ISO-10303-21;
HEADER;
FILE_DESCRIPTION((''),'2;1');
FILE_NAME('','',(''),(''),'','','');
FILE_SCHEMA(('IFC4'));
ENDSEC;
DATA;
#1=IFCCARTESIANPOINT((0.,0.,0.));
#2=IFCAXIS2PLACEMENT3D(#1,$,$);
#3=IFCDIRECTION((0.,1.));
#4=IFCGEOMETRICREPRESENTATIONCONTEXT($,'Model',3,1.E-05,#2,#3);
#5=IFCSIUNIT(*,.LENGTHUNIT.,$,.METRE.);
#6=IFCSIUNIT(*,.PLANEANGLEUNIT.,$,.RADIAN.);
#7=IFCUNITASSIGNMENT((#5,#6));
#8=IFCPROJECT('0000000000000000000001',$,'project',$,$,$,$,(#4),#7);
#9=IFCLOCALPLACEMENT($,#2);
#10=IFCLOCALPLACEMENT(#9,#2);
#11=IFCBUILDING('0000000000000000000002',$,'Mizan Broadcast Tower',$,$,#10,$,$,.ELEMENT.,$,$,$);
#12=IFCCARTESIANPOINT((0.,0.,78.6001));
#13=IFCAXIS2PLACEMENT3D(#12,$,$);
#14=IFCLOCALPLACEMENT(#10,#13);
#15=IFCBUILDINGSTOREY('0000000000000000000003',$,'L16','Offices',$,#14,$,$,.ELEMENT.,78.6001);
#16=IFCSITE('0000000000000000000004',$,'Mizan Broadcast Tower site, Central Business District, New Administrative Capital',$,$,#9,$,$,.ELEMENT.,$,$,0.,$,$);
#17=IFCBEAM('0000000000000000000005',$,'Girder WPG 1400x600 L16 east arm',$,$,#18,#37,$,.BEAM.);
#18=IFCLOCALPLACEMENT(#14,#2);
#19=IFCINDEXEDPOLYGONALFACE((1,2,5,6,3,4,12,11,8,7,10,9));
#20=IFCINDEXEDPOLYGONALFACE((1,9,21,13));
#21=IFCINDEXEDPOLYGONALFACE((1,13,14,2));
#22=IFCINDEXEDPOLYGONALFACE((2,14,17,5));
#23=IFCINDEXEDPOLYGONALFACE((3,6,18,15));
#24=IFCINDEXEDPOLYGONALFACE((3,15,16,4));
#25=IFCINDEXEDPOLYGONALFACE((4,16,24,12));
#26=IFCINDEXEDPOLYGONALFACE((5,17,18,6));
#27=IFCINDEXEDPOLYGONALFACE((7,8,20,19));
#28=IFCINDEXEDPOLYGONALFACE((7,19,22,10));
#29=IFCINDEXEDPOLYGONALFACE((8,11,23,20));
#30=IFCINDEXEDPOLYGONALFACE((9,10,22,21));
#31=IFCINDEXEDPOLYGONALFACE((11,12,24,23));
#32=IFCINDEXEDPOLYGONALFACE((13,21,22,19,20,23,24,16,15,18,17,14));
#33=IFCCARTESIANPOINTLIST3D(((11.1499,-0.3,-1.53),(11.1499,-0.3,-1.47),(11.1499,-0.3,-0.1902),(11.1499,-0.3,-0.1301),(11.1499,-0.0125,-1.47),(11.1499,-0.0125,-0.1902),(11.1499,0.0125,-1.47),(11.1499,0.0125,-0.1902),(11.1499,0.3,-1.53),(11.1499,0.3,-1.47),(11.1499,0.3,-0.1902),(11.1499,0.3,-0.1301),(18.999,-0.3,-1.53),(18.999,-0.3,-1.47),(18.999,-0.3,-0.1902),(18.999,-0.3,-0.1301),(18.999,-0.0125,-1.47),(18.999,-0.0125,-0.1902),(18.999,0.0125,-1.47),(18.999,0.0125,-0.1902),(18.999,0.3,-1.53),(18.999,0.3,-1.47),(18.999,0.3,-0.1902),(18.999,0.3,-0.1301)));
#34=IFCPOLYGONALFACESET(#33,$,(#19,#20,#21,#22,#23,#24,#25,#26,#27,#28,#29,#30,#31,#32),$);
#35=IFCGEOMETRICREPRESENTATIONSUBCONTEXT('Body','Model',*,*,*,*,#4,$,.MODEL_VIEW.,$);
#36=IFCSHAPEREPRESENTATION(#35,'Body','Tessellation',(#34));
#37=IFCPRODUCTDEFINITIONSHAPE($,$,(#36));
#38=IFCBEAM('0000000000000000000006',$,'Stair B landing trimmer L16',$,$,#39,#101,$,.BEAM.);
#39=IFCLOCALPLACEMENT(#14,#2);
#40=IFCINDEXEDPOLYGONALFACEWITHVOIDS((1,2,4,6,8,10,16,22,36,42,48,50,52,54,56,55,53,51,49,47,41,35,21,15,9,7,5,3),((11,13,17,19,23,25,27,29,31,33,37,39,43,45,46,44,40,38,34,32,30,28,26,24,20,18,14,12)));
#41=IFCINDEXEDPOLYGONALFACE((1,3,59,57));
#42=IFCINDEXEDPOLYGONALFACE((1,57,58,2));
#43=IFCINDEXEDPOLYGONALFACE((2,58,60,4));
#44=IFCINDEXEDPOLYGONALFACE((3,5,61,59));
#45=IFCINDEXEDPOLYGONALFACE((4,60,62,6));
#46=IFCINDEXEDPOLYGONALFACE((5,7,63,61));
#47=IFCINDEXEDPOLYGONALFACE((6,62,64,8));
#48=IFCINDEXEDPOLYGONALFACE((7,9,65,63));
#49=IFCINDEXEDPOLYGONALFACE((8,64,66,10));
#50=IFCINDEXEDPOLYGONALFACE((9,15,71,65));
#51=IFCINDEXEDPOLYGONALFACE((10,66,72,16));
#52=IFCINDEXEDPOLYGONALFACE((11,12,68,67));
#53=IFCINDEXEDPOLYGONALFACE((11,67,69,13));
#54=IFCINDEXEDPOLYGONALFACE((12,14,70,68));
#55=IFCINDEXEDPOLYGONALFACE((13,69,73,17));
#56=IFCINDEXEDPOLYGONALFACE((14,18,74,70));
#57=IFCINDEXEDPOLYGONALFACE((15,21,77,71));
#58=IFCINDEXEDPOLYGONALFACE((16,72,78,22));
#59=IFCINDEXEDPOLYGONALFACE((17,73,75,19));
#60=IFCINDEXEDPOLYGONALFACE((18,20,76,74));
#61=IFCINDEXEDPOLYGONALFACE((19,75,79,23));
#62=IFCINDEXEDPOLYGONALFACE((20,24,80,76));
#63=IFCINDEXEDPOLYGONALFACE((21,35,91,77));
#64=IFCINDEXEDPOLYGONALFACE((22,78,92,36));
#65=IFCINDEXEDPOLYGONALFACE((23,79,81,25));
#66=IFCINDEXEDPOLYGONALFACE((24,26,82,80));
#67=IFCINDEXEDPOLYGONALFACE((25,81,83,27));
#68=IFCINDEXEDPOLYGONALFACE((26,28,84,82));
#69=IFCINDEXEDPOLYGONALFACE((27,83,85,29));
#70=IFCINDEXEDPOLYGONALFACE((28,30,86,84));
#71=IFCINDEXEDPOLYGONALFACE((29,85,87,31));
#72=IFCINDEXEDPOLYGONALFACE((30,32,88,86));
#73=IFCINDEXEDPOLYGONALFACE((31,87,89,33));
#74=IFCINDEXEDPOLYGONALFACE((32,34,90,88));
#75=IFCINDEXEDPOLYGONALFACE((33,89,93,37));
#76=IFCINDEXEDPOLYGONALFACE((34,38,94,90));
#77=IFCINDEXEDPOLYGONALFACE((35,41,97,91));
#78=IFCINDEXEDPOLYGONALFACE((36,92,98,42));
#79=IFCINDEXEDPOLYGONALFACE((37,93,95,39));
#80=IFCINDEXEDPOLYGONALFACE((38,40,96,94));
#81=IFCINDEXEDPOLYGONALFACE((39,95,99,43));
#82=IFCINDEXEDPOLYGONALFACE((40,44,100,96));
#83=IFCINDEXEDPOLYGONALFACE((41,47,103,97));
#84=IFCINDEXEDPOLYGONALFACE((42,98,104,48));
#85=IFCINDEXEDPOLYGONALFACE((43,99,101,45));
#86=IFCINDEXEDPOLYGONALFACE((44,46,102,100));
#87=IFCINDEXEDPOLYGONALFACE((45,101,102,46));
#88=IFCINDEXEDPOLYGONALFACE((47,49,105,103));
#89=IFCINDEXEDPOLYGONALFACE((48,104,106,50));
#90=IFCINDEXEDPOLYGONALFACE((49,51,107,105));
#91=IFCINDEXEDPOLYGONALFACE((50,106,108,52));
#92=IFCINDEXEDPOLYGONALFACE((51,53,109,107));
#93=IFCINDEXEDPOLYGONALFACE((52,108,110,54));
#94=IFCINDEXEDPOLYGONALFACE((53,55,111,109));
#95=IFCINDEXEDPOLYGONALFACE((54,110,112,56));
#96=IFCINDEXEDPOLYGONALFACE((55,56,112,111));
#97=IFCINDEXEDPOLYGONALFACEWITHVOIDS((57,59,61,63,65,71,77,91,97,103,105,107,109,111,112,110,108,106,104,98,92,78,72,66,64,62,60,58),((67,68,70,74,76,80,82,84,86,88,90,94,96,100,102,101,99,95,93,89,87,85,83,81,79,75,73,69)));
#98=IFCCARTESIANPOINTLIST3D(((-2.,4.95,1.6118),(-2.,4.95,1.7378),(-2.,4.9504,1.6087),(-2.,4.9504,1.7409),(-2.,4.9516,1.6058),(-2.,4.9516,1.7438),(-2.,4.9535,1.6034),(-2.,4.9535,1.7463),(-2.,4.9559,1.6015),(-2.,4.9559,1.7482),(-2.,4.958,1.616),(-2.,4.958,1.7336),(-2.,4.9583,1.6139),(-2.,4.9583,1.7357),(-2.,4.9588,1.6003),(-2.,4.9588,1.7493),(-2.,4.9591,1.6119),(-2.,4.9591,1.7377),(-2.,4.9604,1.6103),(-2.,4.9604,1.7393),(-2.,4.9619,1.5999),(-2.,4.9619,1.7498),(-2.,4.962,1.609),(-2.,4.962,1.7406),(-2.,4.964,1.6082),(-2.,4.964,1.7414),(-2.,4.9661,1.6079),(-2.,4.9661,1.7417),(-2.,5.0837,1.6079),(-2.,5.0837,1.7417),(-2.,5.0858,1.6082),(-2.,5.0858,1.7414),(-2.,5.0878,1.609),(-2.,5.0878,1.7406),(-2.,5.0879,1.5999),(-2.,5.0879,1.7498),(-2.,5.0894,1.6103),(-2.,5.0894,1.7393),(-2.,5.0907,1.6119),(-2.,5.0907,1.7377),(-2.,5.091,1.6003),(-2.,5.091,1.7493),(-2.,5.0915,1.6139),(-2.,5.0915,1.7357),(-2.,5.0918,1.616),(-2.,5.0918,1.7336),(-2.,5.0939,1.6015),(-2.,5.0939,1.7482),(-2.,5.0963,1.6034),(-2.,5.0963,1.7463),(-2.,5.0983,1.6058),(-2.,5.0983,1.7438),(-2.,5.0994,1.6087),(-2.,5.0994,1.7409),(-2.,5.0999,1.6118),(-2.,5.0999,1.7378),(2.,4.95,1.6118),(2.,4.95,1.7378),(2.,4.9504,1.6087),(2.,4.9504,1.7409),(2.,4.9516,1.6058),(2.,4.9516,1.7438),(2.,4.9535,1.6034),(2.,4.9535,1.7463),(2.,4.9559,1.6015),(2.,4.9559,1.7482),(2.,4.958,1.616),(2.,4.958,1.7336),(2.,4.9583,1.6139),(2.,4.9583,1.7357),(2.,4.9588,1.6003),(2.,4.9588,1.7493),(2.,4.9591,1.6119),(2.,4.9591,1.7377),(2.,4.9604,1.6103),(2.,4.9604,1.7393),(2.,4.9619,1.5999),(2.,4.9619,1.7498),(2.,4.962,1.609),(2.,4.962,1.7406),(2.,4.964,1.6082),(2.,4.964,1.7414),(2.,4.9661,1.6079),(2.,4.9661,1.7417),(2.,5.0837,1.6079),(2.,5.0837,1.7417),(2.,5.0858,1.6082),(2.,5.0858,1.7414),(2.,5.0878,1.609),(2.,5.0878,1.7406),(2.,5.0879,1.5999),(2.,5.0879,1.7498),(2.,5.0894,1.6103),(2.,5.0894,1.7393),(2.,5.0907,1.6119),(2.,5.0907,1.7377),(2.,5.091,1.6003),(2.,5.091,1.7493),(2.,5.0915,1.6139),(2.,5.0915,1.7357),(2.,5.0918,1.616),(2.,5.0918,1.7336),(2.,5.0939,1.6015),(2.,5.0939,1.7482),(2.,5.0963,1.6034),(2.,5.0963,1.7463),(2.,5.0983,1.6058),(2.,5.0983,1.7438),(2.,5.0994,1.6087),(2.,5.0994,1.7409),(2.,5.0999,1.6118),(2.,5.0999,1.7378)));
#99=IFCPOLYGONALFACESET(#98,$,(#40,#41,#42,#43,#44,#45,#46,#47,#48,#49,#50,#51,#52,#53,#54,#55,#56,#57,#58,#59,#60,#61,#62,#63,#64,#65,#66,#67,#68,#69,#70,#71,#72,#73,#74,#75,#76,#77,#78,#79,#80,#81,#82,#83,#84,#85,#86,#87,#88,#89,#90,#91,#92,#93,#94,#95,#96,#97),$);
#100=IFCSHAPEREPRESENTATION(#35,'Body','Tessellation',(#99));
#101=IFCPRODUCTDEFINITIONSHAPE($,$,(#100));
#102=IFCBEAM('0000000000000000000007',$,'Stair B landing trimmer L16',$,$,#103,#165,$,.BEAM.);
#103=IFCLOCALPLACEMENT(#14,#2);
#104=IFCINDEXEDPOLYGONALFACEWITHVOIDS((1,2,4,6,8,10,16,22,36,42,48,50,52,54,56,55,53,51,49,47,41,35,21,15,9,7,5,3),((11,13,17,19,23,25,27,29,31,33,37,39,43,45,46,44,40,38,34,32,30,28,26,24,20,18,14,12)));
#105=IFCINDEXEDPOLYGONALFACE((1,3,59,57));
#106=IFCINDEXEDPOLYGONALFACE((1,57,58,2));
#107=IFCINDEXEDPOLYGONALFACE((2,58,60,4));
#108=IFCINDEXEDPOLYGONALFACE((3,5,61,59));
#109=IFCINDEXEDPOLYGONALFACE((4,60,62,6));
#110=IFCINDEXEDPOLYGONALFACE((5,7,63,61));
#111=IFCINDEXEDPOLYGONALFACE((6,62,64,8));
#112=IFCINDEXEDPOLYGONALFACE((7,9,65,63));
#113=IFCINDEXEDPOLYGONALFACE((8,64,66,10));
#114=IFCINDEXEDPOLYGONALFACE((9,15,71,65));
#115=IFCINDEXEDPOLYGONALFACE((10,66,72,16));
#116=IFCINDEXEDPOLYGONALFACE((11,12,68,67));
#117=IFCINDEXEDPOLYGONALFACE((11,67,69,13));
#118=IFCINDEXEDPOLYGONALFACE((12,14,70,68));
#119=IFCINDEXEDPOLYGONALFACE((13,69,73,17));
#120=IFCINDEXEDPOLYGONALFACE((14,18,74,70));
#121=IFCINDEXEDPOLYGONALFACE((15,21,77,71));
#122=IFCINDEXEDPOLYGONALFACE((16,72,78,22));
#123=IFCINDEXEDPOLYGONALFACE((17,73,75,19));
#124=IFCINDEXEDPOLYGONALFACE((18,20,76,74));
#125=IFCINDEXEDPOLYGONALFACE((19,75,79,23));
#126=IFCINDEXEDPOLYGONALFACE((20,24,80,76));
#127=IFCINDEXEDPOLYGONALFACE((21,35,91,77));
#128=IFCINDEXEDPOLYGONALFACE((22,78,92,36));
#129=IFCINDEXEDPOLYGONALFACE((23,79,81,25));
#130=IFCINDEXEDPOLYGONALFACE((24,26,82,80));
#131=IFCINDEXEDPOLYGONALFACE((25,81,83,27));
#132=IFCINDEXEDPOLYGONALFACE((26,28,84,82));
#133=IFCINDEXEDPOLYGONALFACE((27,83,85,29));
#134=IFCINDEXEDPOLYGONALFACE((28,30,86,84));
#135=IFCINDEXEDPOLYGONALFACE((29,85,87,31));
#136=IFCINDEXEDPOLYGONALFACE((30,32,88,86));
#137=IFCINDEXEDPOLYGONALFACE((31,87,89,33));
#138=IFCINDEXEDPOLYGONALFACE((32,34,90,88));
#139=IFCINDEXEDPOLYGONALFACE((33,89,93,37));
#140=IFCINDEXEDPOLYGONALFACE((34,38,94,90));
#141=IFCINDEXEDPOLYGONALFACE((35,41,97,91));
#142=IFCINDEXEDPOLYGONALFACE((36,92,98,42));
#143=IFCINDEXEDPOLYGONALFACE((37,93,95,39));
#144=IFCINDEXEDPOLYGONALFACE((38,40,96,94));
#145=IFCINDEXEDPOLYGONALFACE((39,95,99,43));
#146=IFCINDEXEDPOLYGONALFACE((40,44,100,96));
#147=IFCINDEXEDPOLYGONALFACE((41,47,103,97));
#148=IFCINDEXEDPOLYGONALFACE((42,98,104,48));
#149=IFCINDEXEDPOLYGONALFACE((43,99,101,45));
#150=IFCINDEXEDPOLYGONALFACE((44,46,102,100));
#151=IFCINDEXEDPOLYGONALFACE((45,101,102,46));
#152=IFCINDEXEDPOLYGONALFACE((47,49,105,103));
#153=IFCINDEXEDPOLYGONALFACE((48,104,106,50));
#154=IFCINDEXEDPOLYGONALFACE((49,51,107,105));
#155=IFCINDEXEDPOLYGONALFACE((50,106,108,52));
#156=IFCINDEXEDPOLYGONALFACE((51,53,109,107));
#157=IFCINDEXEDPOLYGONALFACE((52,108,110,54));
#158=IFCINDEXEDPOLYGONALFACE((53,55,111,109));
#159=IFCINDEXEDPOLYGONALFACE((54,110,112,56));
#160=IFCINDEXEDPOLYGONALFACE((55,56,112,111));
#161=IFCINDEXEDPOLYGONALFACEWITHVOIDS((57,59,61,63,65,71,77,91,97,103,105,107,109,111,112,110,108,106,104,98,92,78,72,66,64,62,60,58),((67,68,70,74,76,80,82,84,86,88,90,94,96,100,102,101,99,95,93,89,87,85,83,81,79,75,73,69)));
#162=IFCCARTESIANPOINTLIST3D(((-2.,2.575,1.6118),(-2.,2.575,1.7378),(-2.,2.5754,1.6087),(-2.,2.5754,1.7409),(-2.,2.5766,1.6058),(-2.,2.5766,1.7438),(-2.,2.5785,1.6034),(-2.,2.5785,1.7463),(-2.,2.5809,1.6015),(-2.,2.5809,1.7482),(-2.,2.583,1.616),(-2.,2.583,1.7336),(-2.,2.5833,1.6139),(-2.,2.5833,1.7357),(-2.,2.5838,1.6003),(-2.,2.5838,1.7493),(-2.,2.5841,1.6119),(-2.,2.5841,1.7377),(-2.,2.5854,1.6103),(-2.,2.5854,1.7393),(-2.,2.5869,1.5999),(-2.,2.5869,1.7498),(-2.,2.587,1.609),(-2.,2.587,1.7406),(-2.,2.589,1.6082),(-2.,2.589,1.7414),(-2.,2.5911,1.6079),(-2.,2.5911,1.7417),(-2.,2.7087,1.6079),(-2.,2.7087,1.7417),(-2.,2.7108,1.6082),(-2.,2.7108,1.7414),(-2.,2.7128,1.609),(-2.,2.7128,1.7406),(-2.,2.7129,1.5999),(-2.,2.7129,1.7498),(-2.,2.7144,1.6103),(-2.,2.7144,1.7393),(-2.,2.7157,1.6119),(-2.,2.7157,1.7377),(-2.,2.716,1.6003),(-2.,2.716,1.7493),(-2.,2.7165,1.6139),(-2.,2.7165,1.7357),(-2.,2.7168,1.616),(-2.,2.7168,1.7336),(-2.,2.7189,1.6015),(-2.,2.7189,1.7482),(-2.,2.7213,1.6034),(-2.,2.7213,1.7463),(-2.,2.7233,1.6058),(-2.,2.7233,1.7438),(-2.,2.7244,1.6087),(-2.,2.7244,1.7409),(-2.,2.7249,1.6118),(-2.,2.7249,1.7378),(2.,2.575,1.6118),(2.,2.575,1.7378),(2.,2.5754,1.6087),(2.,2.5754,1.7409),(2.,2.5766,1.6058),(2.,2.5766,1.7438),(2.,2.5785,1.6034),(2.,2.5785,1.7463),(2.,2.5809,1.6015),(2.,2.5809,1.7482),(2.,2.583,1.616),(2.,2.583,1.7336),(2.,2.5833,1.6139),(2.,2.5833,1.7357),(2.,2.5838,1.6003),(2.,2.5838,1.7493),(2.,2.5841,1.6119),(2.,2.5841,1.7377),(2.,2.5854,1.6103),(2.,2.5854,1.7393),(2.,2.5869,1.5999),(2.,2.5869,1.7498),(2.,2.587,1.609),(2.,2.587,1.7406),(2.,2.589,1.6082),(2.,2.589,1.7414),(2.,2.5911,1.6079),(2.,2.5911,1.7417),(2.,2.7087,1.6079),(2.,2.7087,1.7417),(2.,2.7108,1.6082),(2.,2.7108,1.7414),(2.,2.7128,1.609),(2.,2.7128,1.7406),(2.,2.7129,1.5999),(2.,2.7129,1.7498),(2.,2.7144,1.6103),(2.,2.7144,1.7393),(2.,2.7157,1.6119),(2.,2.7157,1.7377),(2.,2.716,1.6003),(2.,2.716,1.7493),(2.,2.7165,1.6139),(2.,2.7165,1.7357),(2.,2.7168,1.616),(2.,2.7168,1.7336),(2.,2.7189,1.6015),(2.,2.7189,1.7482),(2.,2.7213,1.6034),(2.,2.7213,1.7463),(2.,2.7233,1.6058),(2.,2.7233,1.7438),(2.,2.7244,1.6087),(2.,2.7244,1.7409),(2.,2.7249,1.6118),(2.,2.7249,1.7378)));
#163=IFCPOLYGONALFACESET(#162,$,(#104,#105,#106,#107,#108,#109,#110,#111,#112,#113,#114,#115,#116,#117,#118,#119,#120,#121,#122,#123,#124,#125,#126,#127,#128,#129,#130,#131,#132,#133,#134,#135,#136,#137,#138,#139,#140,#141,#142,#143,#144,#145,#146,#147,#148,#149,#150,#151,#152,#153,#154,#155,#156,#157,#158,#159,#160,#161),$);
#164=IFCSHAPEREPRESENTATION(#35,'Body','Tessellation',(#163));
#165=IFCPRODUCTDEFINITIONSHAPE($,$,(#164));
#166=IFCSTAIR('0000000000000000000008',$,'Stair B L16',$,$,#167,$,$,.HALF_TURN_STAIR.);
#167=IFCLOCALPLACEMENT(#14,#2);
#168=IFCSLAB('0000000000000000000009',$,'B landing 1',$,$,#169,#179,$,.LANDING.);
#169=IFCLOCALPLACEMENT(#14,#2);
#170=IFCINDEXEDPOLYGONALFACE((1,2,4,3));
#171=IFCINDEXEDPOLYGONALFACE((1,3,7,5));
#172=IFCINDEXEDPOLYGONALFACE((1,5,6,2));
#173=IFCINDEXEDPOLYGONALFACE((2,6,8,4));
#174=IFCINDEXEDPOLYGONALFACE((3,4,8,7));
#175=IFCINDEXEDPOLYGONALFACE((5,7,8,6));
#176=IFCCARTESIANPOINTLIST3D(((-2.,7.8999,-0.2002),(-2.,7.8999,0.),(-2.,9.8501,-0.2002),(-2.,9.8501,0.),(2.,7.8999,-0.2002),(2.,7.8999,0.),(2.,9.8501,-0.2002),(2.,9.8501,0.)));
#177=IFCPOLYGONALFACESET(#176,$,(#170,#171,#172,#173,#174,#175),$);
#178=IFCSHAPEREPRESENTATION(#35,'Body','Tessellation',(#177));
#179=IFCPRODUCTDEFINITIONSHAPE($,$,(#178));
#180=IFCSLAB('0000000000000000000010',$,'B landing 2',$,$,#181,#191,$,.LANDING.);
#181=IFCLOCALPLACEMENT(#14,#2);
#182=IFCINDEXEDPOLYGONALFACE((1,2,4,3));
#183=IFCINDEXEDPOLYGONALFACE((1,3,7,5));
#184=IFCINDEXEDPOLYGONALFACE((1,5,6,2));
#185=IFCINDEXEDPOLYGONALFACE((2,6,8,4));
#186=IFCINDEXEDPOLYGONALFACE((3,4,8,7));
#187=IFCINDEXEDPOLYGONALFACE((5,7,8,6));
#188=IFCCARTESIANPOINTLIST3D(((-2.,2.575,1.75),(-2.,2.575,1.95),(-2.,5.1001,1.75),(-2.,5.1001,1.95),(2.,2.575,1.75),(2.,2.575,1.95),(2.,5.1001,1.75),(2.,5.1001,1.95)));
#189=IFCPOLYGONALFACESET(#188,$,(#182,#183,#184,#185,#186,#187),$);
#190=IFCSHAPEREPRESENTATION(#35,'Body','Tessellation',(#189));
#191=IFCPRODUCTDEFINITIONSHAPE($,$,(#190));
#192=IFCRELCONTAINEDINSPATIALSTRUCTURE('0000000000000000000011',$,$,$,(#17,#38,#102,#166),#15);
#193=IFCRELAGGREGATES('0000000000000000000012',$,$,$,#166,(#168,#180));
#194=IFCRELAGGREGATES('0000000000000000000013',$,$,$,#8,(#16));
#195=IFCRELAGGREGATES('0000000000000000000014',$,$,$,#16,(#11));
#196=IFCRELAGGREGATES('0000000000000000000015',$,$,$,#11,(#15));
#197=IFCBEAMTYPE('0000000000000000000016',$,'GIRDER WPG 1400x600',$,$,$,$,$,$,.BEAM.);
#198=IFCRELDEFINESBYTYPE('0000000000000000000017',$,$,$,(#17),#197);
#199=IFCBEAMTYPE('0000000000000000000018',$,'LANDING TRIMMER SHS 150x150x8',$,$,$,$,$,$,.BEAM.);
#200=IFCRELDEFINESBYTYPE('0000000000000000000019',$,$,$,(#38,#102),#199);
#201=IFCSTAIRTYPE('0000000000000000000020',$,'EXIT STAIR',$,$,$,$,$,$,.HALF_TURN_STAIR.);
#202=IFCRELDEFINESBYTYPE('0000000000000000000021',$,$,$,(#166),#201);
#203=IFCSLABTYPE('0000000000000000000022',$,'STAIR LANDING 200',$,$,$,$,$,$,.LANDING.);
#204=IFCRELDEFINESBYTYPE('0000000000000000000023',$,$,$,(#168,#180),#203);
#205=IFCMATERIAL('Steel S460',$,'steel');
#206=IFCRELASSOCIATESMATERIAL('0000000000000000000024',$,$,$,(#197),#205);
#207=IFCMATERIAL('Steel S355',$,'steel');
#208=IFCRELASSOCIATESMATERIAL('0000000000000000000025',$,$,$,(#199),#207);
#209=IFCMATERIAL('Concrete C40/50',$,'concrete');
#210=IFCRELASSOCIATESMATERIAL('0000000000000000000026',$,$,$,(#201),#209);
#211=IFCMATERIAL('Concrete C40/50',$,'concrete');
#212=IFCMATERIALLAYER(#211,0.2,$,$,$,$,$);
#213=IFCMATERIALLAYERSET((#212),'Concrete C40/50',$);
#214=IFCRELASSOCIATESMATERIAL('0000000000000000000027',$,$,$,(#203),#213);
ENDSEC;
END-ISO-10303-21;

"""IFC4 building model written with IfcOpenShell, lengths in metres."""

from ifc_helpers import new_model, si_unit, direction, frame, origin, origin_2d, place, context, subcontext, project, spatial, polyline, hollow_rectangle, i_section, outline, extrude, material, layer, layer_set, material_profile, profile_set, type_object, element, aggregate, save


model = new_model("IFC4")

# Units and contexts
model_context = context("Model", 3, precision=1e-05, world=origin(), true_north=direction((0.0, 1.0)))
body_context = subcontext(model_context, "Body", "Model", "MODEL_VIEW")
ifc_project = project(units=[si_unit("LENGTHUNIT", "METRE"), si_unit("PLANEANGLEUNIT", "RADIAN")], contexts=[model_context])

# Site, building, storey
site_placement = place(None, origin())
site = spatial("IfcSite", under=ifc_project, at=site_placement, Name="Mizan Broadcast Tower site, Central Business District, New Administrative Capital", CompositionType="ELEMENT", RefElevation=0.0)
building_placement = place(site_placement, origin())
building = spatial("IfcBuilding", under=site, at=building_placement, Name="Mizan Broadcast Tower", CompositionType="ELEMENT")
storey_placement = place(building_placement, frame((0.0, 0.0, 78.6001)))
storey = spatial("IfcBuildingStorey", under=building, at=storey_placement, Name="L16", Description="Offices", CompositionType="ELEMENT", Elevation=78.6001)

# Beams
ifc_material_1 = material(Name="Steel S460", Category="steel")
ifc_material_profile_1 = material_profile(ifc_material_1, i_section(OverallWidth=0.6001, OverallDepth=1.3999, WebThickness=0.0249, FlangeThickness=0.0601, at=origin_2d()), Name="WPG 1400x600")
ifc_profile_set_1 = profile_set([ifc_material_profile_1], Name="Steel S460")
beam_type_1 = type_object("IfcBeamType", Name="GIRDER WPG 1400x600", PredefinedType="BEAM", material=ifc_profile_set_1)
beam_placement = place(storey_placement, frame((11.1499, 0.0, -0.8301), z_axis=(1.0, 0.0, 0.0), x_axis=(0.0, 1.0, 0.0)))
element("IfcBeam", 1, at=beam_placement, inside=storey, type_object=beam_type_1, Name="Girder WPG 1400x600 L16 east arm", PredefinedType="BEAM", context=body_context, shape_type="SweptSolid", body=[
    extrude(i_section(OverallWidth=0.6001, OverallDepth=1.3999, WebThickness=0.0249, FlangeThickness=0.0601, at=origin_2d()), origin(), (0.0, 0.0, 1.0), 7.8491),
])
ifc_material_2 = material(Name="Steel S355", Category="steel")
ifc_material_profile_2 = material_profile(ifc_material_2, hollow_rectangle(XDim=0.1499, YDim=0.1499, WallThickness=0.0081, InnerFilletRadius=0.0081, OuterFilletRadius=0.012, at=origin_2d()), Name="SHS 150x150x8")
ifc_profile_set_2 = profile_set([ifc_material_profile_2], Name="Steel S355")
beam_type_2 = type_object("IfcBeamType", Name="LANDING TRIMMER SHS 150x150x8", PredefinedType="BEAM", material=ifc_profile_set_2)
for number, where, z_axis, x_axis, name in (
    (2, (2.0, 5.0249, 1.6748), (-1.0, 0.0, 0.0), (0.0, -1.0, 0.0), "Stair B landing trimmer L16"),
    (3, (2.0, 2.6499, 1.6748), (-1.0, 0.0, 0.0), (0.0, -1.0, 0.0), "Stair B landing trimmer L16"),
):
    element("IfcBeam", number, at=place(storey_placement, frame(where, z_axis=z_axis, x_axis=x_axis)), inside=storey, type_object=beam_type_2, Name=name, PredefinedType="BEAM", context=body_context, shape_type="SweptSolid", body=[
        extrude(hollow_rectangle(XDim=0.1499, YDim=0.1499, WallThickness=0.0081, InnerFilletRadius=0.0081, OuterFilletRadius=0.012, at=origin_2d()), origin(), (0.0, 0.0, 1.0), 4.0),
    ])

# Stair, slabs
ifc_material_3 = material(Name="Concrete C40/50", Category="concrete")
stair_type = type_object("IfcStairType", Name="EXIT STAIR", PredefinedType="HALF_TURN_STAIR", material=ifc_material_3)
stair_placement = place(storey_placement, origin())
stair = element("IfcStair", 4, at=stair_placement, inside=storey, type_object=stair_type, Name="Stair B L16", PredefinedType="HALF_TURN_STAIR")
ifc_material_4 = material(Name="Concrete C40/50", Category="concrete")
ifc_layer_1 = layer(ifc_material_4, 0.2)
ifc_layer_set_1 = layer_set([ifc_layer_1], Name="Concrete C40/50")
slab_type = type_object("IfcSlabType", Name="STAIR LANDING 200", PredefinedType="LANDING", material=ifc_layer_set_1)
slab_1_placement = place(storey_placement, frame((0.0, 0.0, -0.2002)))
slab_1 = element("IfcSlab", 5, at=slab_1_placement, type_object=slab_type, Name="B landing 1", PredefinedType="LANDING", context=body_context, shape_type="SweptSolid", body=[
    extrude(outline(polyline([(2.0, 9.8501), (2.0, 7.8999), (-2.0, 7.8999), (-2.0, 9.8501), (2.0, 9.8501)])), origin(), (0.0, 0.0, 1.0), 0.2002),
])
slab_2_placement = place(storey_placement, frame((0.0, 0.0, 1.75)))
slab_2 = element("IfcSlab", 6, at=slab_2_placement, type_object=slab_type, Name="B landing 2", PredefinedType="LANDING", context=body_context, shape_type="SweptSolid", body=[
    extrude(outline(polyline([(2.0, 5.1001), (2.0, 2.575), (-2.0, 2.575), (-2.0, 5.1001), (2.0, 5.1001)])), origin(), (0.0, 0.0, 1.0), 0.2),
])

aggregate(stair, [slab_1, slab_2])

save(model, "model.ifc")
